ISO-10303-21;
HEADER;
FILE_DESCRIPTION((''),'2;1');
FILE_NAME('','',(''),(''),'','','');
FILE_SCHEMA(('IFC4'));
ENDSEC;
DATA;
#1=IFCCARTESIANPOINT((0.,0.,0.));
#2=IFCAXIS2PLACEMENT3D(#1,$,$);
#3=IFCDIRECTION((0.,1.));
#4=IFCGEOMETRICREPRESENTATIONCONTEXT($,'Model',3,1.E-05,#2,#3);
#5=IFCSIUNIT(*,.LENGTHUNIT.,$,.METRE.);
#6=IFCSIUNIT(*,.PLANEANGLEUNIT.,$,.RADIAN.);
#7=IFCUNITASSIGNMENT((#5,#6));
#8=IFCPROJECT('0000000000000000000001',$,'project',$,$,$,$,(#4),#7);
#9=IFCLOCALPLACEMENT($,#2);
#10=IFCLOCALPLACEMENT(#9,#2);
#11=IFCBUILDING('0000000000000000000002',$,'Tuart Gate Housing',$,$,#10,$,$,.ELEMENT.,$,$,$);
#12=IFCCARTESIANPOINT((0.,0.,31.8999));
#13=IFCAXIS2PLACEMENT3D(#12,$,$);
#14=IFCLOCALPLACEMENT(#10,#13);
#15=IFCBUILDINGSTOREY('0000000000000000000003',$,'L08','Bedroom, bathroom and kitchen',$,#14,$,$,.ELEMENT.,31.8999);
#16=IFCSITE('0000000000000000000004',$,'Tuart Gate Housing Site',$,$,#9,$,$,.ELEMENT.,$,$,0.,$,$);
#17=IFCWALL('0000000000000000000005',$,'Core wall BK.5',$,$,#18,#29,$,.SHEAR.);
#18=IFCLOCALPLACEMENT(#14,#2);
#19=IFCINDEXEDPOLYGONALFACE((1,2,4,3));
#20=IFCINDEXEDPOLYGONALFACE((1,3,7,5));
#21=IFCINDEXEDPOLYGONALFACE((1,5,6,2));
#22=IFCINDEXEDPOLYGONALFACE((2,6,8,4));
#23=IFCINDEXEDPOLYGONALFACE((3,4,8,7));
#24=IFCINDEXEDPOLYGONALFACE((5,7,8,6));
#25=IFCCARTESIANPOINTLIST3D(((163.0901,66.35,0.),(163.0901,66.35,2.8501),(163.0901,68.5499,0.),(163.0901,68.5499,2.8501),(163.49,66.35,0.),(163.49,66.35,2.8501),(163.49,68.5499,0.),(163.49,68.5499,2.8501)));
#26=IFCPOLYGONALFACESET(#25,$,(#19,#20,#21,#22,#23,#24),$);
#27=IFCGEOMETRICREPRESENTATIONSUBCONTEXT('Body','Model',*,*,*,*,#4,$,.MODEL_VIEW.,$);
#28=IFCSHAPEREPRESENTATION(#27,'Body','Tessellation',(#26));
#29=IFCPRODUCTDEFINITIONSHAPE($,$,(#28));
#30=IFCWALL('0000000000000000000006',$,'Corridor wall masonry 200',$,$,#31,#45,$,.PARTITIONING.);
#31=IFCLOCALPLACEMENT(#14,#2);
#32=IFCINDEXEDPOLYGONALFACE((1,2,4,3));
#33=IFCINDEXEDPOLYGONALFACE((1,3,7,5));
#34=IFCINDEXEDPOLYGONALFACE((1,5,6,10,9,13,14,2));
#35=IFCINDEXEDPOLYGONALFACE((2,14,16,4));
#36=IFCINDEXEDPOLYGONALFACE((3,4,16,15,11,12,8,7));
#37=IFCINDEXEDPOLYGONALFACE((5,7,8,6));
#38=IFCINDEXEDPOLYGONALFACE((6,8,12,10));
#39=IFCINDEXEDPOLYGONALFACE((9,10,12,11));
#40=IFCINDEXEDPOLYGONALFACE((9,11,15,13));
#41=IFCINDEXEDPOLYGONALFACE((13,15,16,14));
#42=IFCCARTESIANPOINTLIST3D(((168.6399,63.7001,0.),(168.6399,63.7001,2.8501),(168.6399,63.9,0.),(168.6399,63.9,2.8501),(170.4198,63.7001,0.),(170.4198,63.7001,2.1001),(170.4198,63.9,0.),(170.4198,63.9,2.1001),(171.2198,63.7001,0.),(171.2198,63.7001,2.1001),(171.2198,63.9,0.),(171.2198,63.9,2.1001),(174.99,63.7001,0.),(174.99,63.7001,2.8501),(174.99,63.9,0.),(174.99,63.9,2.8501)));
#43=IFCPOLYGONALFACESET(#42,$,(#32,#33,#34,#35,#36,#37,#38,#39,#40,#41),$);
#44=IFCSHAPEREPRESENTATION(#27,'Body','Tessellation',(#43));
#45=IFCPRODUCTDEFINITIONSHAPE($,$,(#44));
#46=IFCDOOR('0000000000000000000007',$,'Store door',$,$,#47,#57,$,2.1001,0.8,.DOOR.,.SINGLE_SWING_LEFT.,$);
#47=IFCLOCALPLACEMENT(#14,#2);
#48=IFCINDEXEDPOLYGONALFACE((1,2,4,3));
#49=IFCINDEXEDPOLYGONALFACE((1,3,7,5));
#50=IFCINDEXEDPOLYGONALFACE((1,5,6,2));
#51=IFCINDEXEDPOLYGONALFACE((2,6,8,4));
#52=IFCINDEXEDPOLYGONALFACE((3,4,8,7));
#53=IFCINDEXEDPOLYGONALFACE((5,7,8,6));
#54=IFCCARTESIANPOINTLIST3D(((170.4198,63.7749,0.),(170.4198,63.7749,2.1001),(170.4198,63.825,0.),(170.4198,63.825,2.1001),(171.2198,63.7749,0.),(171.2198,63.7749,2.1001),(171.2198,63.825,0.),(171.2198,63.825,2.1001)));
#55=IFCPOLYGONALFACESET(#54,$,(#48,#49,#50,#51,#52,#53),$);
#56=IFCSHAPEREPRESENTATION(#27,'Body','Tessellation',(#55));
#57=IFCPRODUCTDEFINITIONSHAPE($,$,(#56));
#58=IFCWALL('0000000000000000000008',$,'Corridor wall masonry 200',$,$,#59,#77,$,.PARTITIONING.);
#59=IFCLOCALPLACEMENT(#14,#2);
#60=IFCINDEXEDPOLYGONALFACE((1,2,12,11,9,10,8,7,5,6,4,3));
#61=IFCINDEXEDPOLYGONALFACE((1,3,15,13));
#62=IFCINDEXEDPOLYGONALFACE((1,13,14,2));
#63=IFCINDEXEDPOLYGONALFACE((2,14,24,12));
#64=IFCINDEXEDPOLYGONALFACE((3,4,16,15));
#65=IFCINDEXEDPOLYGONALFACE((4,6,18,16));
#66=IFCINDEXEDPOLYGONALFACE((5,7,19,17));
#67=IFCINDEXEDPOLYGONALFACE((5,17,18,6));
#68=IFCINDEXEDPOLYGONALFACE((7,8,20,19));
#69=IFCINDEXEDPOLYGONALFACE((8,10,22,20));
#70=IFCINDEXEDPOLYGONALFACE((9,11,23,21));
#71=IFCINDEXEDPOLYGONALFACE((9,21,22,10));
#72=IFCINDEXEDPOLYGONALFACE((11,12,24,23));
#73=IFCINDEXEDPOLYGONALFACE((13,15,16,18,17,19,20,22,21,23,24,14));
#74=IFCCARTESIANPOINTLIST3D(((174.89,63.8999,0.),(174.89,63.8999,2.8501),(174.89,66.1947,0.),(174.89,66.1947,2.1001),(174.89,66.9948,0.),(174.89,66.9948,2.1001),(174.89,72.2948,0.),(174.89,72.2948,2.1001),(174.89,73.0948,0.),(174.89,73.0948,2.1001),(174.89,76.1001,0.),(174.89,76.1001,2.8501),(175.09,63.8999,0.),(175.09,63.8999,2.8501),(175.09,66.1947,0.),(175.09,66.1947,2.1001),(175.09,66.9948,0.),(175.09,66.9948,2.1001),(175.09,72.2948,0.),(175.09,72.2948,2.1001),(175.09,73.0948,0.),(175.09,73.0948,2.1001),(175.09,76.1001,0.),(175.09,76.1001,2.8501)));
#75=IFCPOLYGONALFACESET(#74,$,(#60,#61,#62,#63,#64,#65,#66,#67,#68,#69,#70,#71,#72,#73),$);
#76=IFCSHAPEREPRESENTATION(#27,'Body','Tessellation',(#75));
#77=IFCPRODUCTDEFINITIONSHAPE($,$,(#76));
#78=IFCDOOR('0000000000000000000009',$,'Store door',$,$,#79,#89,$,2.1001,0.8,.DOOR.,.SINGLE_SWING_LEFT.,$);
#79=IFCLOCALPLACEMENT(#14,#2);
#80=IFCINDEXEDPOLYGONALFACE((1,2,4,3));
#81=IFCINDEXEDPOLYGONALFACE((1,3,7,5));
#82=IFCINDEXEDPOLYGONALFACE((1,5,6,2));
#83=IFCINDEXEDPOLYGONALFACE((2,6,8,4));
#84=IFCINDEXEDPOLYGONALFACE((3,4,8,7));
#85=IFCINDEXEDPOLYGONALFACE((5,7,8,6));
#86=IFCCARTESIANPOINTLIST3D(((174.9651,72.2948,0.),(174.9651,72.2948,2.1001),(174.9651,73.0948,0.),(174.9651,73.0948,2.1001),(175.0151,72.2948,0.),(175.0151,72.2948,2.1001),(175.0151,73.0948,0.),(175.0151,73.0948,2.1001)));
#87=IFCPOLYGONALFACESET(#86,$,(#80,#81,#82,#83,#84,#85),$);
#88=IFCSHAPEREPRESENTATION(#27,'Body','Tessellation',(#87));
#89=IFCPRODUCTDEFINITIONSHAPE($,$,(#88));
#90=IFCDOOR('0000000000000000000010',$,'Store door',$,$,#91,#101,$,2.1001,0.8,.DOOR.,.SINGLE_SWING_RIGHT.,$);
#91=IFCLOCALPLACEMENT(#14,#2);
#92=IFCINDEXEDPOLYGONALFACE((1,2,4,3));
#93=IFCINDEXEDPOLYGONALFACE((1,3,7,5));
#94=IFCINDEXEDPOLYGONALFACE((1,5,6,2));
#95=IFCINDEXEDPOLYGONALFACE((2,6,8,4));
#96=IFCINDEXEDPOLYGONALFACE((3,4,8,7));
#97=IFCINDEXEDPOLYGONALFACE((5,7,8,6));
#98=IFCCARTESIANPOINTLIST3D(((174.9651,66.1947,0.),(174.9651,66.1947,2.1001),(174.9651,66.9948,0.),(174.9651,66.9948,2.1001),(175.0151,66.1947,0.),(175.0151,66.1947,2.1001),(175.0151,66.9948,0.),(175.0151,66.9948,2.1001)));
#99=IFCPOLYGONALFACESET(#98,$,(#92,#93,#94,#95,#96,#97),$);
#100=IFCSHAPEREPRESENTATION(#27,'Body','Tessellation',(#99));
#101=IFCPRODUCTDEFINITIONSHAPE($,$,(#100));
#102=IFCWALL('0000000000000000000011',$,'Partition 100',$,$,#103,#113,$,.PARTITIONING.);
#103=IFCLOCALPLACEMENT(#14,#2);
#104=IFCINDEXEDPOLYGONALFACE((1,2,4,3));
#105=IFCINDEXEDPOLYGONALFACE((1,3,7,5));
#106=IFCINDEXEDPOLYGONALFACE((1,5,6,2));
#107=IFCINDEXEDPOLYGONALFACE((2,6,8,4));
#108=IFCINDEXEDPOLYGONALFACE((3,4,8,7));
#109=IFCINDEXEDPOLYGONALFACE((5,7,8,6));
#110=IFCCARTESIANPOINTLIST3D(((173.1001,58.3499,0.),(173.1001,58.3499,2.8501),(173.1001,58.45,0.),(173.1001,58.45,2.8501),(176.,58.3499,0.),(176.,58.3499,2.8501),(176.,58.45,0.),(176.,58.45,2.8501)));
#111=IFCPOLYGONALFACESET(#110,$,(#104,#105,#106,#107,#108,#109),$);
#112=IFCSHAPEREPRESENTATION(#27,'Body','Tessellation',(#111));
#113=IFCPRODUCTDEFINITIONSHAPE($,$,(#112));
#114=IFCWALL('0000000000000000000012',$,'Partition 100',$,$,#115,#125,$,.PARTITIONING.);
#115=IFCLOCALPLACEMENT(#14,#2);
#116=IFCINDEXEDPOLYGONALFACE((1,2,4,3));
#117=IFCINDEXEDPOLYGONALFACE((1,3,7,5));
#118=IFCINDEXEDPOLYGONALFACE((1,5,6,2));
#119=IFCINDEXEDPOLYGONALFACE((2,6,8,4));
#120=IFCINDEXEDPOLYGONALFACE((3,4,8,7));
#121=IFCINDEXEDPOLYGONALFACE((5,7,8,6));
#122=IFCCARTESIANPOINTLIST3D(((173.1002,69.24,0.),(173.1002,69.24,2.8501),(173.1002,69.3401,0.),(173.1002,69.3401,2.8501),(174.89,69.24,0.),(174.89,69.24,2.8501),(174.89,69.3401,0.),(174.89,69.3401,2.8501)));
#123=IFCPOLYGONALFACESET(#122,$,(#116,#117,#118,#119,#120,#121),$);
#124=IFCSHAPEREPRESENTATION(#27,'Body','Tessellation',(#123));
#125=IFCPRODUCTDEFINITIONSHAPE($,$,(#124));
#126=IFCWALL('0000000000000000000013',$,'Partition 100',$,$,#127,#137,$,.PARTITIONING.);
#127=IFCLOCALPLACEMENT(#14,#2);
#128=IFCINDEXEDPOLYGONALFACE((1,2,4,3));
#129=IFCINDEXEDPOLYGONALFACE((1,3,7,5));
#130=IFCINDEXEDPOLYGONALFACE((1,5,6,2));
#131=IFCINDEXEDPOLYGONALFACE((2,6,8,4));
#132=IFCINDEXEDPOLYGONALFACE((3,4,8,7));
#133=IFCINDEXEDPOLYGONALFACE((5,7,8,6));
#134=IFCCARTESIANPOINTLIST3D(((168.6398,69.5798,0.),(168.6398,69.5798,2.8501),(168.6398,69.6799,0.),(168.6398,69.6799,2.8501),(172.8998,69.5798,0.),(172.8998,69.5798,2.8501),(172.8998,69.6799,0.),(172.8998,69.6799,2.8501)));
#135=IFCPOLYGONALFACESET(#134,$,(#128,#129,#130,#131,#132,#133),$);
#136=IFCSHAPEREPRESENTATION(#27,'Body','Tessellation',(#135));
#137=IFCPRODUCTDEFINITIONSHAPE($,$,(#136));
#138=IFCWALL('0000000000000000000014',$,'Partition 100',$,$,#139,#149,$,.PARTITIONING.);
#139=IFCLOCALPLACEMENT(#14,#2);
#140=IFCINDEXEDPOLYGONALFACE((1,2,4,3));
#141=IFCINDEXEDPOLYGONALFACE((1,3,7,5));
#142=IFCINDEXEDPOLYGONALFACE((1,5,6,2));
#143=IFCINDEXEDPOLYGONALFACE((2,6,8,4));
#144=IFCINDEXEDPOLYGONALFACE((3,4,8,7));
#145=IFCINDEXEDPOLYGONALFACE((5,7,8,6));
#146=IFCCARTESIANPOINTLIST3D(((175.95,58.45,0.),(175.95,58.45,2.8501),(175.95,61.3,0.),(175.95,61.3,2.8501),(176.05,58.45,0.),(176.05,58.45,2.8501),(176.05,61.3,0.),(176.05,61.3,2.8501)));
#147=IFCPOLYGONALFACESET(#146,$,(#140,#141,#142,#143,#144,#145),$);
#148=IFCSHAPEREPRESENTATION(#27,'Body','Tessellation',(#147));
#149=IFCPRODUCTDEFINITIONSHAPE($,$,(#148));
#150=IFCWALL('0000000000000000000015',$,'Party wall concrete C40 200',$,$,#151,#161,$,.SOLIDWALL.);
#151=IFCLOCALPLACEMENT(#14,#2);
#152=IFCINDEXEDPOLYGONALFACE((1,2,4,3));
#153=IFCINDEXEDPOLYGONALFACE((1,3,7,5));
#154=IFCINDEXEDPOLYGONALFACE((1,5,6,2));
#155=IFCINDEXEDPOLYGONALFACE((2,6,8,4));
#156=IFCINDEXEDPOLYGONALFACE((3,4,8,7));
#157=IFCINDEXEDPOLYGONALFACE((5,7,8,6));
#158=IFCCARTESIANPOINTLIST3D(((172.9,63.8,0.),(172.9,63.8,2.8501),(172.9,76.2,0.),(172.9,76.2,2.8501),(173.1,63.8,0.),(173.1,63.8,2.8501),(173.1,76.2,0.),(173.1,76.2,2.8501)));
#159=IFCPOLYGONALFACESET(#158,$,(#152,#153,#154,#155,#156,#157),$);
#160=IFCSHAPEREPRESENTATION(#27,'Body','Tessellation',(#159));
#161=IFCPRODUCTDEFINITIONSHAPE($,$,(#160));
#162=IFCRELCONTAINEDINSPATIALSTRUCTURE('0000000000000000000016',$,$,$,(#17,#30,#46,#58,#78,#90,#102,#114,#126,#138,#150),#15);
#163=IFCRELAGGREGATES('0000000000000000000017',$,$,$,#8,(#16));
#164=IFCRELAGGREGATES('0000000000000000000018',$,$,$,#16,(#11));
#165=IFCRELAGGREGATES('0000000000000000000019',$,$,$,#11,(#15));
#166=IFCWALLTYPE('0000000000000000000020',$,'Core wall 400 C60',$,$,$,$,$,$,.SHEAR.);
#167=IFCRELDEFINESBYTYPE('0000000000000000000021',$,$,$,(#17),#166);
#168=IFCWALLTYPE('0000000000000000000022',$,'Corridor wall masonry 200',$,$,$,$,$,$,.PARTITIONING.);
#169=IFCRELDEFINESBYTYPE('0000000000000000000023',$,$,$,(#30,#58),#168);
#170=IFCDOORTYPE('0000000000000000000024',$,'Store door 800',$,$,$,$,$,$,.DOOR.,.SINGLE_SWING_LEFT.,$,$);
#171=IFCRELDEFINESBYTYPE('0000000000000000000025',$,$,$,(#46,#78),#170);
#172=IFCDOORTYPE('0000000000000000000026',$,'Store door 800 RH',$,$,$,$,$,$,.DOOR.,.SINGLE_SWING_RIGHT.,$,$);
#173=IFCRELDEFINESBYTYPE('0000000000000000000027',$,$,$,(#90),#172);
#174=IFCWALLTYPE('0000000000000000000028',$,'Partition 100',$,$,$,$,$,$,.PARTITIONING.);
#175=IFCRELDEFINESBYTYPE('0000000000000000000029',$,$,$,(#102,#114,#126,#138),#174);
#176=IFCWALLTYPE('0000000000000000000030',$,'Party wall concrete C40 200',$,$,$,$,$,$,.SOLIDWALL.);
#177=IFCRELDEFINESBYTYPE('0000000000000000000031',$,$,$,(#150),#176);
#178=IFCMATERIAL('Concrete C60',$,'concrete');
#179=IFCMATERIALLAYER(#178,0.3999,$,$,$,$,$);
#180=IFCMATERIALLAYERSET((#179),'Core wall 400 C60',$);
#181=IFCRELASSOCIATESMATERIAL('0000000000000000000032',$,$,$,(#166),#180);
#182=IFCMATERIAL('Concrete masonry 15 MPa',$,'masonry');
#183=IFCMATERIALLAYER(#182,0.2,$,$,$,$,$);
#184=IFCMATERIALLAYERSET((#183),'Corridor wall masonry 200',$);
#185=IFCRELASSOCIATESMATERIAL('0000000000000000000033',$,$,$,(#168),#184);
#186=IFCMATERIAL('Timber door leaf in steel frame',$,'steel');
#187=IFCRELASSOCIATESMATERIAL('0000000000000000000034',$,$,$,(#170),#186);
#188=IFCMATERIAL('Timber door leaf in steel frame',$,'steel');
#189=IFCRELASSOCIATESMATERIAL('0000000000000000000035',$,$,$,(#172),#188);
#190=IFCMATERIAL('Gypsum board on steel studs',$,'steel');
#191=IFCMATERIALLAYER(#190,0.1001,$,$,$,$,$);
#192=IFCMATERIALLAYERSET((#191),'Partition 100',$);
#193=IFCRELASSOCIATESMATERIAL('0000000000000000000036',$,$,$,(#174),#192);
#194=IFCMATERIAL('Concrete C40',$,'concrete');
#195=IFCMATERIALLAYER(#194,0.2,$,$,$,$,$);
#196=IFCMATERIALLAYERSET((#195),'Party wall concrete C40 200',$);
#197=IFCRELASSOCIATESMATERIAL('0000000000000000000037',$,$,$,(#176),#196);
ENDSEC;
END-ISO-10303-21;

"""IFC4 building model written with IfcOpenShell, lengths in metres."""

from ifc_helpers import new_model, si_unit, direction, frame, frame_2d, origin, place, context, subcontext, project, spatial, rectangle, extrude, material, layer, layer_set, type_object, element, fill, save


model = new_model("IFC4")

# Units and contexts
model_context = context("Model", 3, precision=1e-05, world=origin(), true_north=direction((0.0, 1.0)))
body_context = subcontext(model_context, "Body", "Model", "MODEL_VIEW")
ifc_project = project(units=[si_unit("LENGTHUNIT", "METRE"), si_unit("PLANEANGLEUNIT", "RADIAN")], contexts=[model_context])

# Site, building, storey
site_placement = place(None, origin())
site = spatial("IfcSite", under=ifc_project, at=site_placement, Name="Tuart Gate Housing Site", CompositionType="ELEMENT", RefElevation=0.0)
building_placement = place(site_placement, origin())
building = spatial("IfcBuilding", under=site, at=building_placement, Name="Tuart Gate Housing", CompositionType="ELEMENT")
storey_placement = place(building_placement, frame((0.0, 0.0, 31.8999)))
storey = spatial("IfcBuildingStorey", under=building, at=storey_placement, Name="L08", Description="Bedroom, bathroom and kitchen", CompositionType="ELEMENT", Elevation=31.8999)

# Wall
ifc_material_1 = material(Name="Concrete C60", Category="concrete")
ifc_layer_1 = layer(ifc_material_1, 0.3999)
ifc_layer_set_1 = layer_set([ifc_layer_1], Name="Core wall 400 C60")
wall_type_1 = type_object("IfcWallType", Name="Core wall 400 C60", PredefinedType="SHEAR", material=ifc_layer_set_1)
wall_1_placement = place(storey_placement, frame((163.29, 68.55, 0.0), z_axis=(0.0, 0.0, 1.0), x_axis=(0.0, -1.0, 0.0)))
element("IfcWall", 1, at=wall_1_placement, inside=storey, type_object=wall_type_1, Name="Core wall BK.5", PredefinedType="SHEAR", context=body_context, shape_type="SweptSolid", body=[
    extrude(rectangle(XDim=2.2, YDim=0.3999, at=frame_2d((1.1001, 0.0))), origin(), (0.0, 0.0, 1.0), 2.8501),
])

# Wall, opening, door
ifc_material_2 = material(Name="Concrete masonry 15 MPa", Category="masonry")
ifc_layer_2 = layer(ifc_material_2, 0.2)
ifc_layer_set_2 = layer_set([ifc_layer_2], Name="Corridor wall masonry 200")
wall_type_2 = type_object("IfcWallType", Name="Corridor wall masonry 200", PredefinedType="PARTITIONING", material=ifc_layer_set_2)
wall_2_placement = place(storey_placement, frame((168.6399, 63.8, 0.0), z_axis=(0.0, 0.0, 1.0), x_axis=(1.0, 0.0, 0.0)))
wall_2 = element("IfcWall", 2, at=wall_2_placement, inside=storey, type_object=wall_type_2, Name="Corridor wall masonry 200", PredefinedType="PARTITIONING", context=body_context, shape_type="SweptSolid", body=[
    extrude(rectangle(XDim=6.3501, YDim=0.2, at=frame_2d((3.175, 0.0))), origin(), (0.0, 0.0, 1.0), 2.8501),
])
opening_1_placement = place(wall_2_placement, frame((1.78, 0.0, 0.0)))
opening_1 = element("IfcOpeningElement", 3, at=opening_1_placement, cuts=wall_2, PredefinedType="OPENING", context=body_context, shape_type="SweptSolid", body=[
    extrude(rectangle(XDim=0.8, YDim=2.1001, at=frame_2d((0.3999, 1.05))), frame((0.0, 0.1099, 0.0), z_axis=(0.0, -1.0, 0.0), x_axis=(1.0, 0.0, 0.0)), (0.0, 0.0, 1.0), 0.22),
])
ifc_material_3 = material(Name="Timber door leaf in steel frame", Category="steel")
door_type_1 = type_object("IfcDoorType", Name="Store door 800", OperationType="SINGLE_SWING_LEFT", PredefinedType="DOOR", material=ifc_material_3)
door_1_placement = place(opening_1_placement, origin())
door_1 = element("IfcDoor", 4, at=door_1_placement, inside=storey, type_object=door_type_1, Name="Store door", OperationType="SINGLE_SWING_LEFT", OverallHeight=2.1001, OverallWidth=0.8, PredefinedType="DOOR", context=body_context, shape_type="SweptSolid", body=[
    extrude(rectangle(XDim=0.8, YDim=2.1001, at=frame_2d((0.3999, 1.05))), frame((0.0, 0.0249, 0.0), z_axis=(0.0, -1.0, 0.0), x_axis=(1.0, 0.0, 0.0)), (0.0, 0.0, 1.0), 0.05),
])
fill(opening_1, door_1)

# Wall, openings, doors
wall_3_placement = place(storey_placement, frame((174.99, 63.8999, 0.0), z_axis=(0.0, 0.0, 1.0), x_axis=(0.0, 1.0, 0.0)))
wall_3 = element("IfcWall", 5, at=wall_3_placement, inside=storey, type_object=wall_type_2, Name="Corridor wall masonry 200", PredefinedType="PARTITIONING", context=body_context, shape_type="SweptSolid", body=[
    extrude(rectangle(XDim=12.2002, YDim=0.2, at=frame_2d((6.1001, 0.0))), origin(), (0.0, 0.0, 1.0), 2.8501),
])
opening_2_placement = place(wall_3_placement, frame((2.2949, 0.0, 0.0)))
opening_2 = element("IfcOpeningElement", 6, at=opening_2_placement, cuts=wall_3, PredefinedType="OPENING", context=body_context, shape_type="SweptSolid", body=[
    extrude(rectangle(XDim=0.8, YDim=2.1001, at=frame_2d((0.3999, 1.05))), frame((0.0, 0.1099, 0.0), z_axis=(0.0, -1.0, 0.0), x_axis=(1.0, 0.0, 0.0)), (0.0, 0.0, 1.0), 0.22),
])
opening_3_placement = place(wall_3_placement, frame((8.395, 0.0, 0.0)))
opening_3 = element("IfcOpeningElement", 7, at=opening_3_placement, cuts=wall_3, PredefinedType="OPENING", context=body_context, shape_type="SweptSolid", body=[
    extrude(rectangle(XDim=0.8, YDim=2.1001, at=frame_2d((0.3999, 1.05))), frame((0.0, 0.1099, 0.0), z_axis=(0.0, -1.0, 0.0), x_axis=(1.0, 0.0, 0.0)), (0.0, 0.0, 1.0), 0.22),
])
door_2_placement = place(opening_3_placement, origin())
door_2 = element("IfcDoor", 8, at=door_2_placement, inside=storey, type_object=door_type_1, Name="Store door", OperationType="SINGLE_SWING_LEFT", OverallHeight=2.1001, OverallWidth=0.8, PredefinedType="DOOR", context=body_context, shape_type="SweptSolid", body=[
    extrude(rectangle(XDim=0.8, YDim=2.1001, at=frame_2d((0.3999, 1.05))), frame((0.0, 0.0249, 0.0), z_axis=(0.0, -1.0, 0.0), x_axis=(1.0, 0.0, 0.0)), (0.0, 0.0, 1.0), 0.05),
])
fill(opening_3, door_2)
ifc_material_4 = material(Name="Timber door leaf in steel frame", Category="steel")
door_type_2 = type_object("IfcDoorType", Name="Store door 800 RH", OperationType="SINGLE_SWING_RIGHT", PredefinedType="DOOR", material=ifc_material_4)
door_3_placement = place(opening_2_placement, origin())
door_3 = element("IfcDoor", 9, at=door_3_placement, inside=storey, type_object=door_type_2, Name="Store door", OperationType="SINGLE_SWING_RIGHT", OverallHeight=2.1001, OverallWidth=0.8, PredefinedType="DOOR", context=body_context, shape_type="SweptSolid", body=[
    extrude(rectangle(XDim=0.8, YDim=2.1001, at=frame_2d((0.3999, 1.05))), frame((0.0, 0.0249, 0.0), z_axis=(0.0, -1.0, 0.0), x_axis=(1.0, 0.0, 0.0)), (0.0, 0.0, 1.0), 0.05),
])
fill(opening_2, door_3)

# Walls
ifc_material_5 = material(Name="Gypsum board on steel studs", Category="steel")
ifc_layer_3 = layer(ifc_material_5, 0.1001)
ifc_layer_set_3 = layer_set([ifc_layer_3], Name="Partition 100")
wall_type_3 = type_object("IfcWallType", Name="Partition 100", PredefinedType="PARTITIONING", material=ifc_layer_set_3)
wall_4_placement = place(storey_placement, frame((173.1001, 58.3999, 0.0), z_axis=(0.0, 0.0, 1.0), x_axis=(1.0, 0.0, 0.0)))
element("IfcWall", 10, at=wall_4_placement, inside=storey, type_object=wall_type_3, Name="Partition 100", PredefinedType="PARTITIONING", context=body_context, shape_type="SweptSolid", body=[
    extrude(rectangle(XDim=2.8999, YDim=0.1001, at=frame_2d((1.45, 0.0))), origin(), (0.0, 0.0, 1.0), 2.8501),
])
wall_5_placement = place(storey_placement, frame((173.1001, 69.29, 0.0), z_axis=(0.0, 0.0, 1.0), x_axis=(1.0, 0.0, 0.0)))
element("IfcWall", 11, at=wall_5_placement, inside=storey, type_object=wall_type_3, Name="Partition 100", PredefinedType="PARTITIONING", context=body_context, shape_type="SweptSolid", body=[
    extrude(rectangle(XDim=1.7898, YDim=0.1001, at=frame_2d((0.895, 0.0))), origin(), (0.0, 0.0, 1.0), 2.8501),
])
wall_6_placement = place(storey_placement, frame((168.6399, 69.6299, 0.0), z_axis=(0.0, 0.0, 1.0), x_axis=(1.0, 0.0, 0.0)))
element("IfcWall", 12, at=wall_6_placement, inside=storey, type_object=wall_type_3, Name="Partition 100", PredefinedType="PARTITIONING", context=body_context, shape_type="SweptSolid", body=[
    extrude(rectangle(XDim=4.26, YDim=0.1001, at=frame_2d((2.1299, 0.0))), origin(), (0.0, 0.0, 1.0), 2.8501),
])
wall_7_placement = place(storey_placement, frame((176.0, 58.45, 0.0), z_axis=(0.0, 0.0, 1.0), x_axis=(0.0, 1.0, 0.0)))
element("IfcWall", 13, at=wall_7_placement, inside=storey, type_object=wall_type_3, Name="Partition 100", PredefinedType="PARTITIONING", context=body_context, shape_type="SweptSolid", body=[
    extrude(rectangle(XDim=2.8501, YDim=0.1001, at=frame_2d((1.425, 0.0))), origin(), (0.0, 0.0, 1.0), 2.8501),
])
ifc_material_6 = material(Name="Concrete C40", Category="concrete")
ifc_layer_4 = layer(ifc_material_6, 0.2)
ifc_layer_set_4 = layer_set([ifc_layer_4], Name="Party wall concrete C40 200")
wall_type_4 = type_object("IfcWallType", Name="Party wall concrete C40 200", PredefinedType="SOLIDWALL", material=ifc_layer_set_4)
wall_8_placement = place(storey_placement, frame((173.0, 63.8, 0.0), z_axis=(0.0, 0.0, 1.0), x_axis=(0.0, 1.0, 0.0)))
element("IfcWall", 14, at=wall_8_placement, inside=storey, type_object=wall_type_4, Name="Party wall concrete C40 200", PredefinedType="SOLIDWALL", context=body_context, shape_type="SweptSolid", body=[
    extrude(rectangle(XDim=12.3999, YDim=0.2, at=frame_2d((6.2, 0.0))), origin(), (0.0, 0.0, 1.0), 2.8501),
])

save(model, "model.ifc")
